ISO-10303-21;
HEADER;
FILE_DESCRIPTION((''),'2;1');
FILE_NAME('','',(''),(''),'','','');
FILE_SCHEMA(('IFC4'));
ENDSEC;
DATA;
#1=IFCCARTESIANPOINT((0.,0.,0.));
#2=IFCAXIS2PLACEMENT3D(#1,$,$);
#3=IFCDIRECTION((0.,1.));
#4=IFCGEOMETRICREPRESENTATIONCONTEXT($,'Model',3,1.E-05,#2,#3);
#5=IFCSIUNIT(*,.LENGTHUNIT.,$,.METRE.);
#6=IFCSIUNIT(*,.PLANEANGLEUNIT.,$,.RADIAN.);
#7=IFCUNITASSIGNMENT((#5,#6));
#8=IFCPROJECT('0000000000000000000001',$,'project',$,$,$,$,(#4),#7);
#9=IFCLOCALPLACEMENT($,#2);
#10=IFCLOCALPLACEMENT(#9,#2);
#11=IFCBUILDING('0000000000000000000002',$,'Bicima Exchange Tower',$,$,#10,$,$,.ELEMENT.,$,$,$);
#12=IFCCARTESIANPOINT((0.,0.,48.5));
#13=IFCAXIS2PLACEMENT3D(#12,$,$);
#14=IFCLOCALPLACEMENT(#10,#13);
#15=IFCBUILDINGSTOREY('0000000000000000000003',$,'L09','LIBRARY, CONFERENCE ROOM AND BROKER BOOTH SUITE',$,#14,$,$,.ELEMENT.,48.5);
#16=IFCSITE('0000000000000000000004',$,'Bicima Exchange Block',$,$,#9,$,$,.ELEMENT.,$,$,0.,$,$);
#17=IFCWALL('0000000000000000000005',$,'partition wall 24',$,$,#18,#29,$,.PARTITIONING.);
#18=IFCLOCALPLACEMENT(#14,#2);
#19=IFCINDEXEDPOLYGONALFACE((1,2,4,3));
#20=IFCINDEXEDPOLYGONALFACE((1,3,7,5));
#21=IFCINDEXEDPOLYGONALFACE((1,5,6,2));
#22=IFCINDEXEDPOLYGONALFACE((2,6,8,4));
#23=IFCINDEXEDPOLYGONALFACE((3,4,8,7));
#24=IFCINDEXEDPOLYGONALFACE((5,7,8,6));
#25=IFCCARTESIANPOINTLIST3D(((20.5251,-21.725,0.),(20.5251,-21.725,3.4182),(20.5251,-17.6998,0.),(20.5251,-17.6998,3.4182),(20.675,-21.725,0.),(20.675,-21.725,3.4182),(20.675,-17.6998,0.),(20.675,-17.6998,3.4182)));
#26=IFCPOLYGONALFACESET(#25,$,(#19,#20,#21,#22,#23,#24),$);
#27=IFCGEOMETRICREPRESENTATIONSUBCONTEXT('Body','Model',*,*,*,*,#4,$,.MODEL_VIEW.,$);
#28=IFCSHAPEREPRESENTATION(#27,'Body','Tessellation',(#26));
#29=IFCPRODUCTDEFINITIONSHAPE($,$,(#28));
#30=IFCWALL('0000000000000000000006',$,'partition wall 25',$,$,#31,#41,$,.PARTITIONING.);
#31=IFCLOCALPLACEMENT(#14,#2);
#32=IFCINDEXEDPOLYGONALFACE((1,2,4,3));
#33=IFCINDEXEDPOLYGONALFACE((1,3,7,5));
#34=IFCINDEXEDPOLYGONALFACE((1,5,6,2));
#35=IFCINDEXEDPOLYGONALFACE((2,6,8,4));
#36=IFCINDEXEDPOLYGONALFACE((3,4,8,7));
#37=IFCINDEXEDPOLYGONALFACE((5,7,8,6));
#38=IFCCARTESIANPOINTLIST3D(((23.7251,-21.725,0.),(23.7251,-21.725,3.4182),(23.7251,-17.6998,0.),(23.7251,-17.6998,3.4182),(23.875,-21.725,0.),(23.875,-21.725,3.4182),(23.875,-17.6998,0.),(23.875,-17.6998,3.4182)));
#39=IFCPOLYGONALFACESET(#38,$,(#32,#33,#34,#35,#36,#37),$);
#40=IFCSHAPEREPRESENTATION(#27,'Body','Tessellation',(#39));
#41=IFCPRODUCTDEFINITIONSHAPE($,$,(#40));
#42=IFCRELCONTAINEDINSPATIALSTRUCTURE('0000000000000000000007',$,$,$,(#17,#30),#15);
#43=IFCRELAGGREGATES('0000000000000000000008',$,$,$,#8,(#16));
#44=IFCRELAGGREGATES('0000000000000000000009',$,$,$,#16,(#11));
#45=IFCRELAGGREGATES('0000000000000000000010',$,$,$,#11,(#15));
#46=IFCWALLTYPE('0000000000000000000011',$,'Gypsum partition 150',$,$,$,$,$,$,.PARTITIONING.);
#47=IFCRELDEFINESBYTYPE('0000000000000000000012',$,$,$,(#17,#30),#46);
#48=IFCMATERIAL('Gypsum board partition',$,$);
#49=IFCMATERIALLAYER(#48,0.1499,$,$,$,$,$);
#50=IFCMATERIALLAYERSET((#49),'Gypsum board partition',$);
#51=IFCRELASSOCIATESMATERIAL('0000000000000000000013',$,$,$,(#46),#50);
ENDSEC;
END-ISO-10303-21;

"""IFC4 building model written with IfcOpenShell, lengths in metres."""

from ifc_helpers import new_model, si_unit, direction, frame, frame_2d, origin, place, context, subcontext, project, spatial, rectangle, extrude, material, layer, layer_set, type_object, element, save


model = new_model("IFC4")

# Units and contexts
model_context = context("Model", 3, precision=1e-05, world=origin(), true_north=direction((0.0, 1.0)))
body_context = subcontext(model_context, "Body", "Model", "MODEL_VIEW")
ifc_project = project(units=[si_unit("LENGTHUNIT", "METRE"), si_unit("PLANEANGLEUNIT", "RADIAN")], contexts=[model_context])

# Site, building, storey
site_placement = place(None, origin())
site = spatial("IfcSite", under=ifc_project, at=site_placement, Name="Bicima Exchange Block", CompositionType="ELEMENT", RefElevation=0.0)
building_placement = place(site_placement, origin())
building = spatial("IfcBuilding", under=site, at=building_placement, Name="Bicima Exchange Tower", CompositionType="ELEMENT")
storey_placement = place(building_placement, frame((0.0, 0.0, 48.5)))
storey = spatial("IfcBuildingStorey", under=building, at=storey_placement, Name="L09", Description="LIBRARY, CONFERENCE ROOM AND BROKER BOOTH SUITE", CompositionType="ELEMENT", Elevation=48.5)

# Walls
ifc_material_1 = material(Name="Gypsum board partition")
ifc_layer_1 = layer(ifc_material_1, 0.1499)
ifc_layer_set_1 = layer_set([ifc_layer_1], Name="Gypsum board partition")
wall_type_1 = type_object("IfcWallType", Name="Gypsum partition 150", PredefinedType="PARTITIONING", material=ifc_layer_set_1)
for number, where, z_axis, x_axis, name in (
    (1, (20.6001, -21.7251, 0.0), (0.0, 0.0, 1.0), (0.0, 1.0, 0.0), "partition wall 24"),
    (2, (23.8, -21.7251, 0.0), (0.0, 0.0, 1.0), (0.0, 1.0, 0.0), "partition wall 25"),
):
    element("IfcWall", number, at=place(storey_placement, frame(where, z_axis=z_axis, x_axis=x_axis)), inside=storey, type_object=wall_type_1, Name=name, PredefinedType="PARTITIONING", context=body_context, shape_type="SweptSolid", body=[
        extrude(rectangle(XDim=4.0251, YDim=0.1499, at=frame_2d((2.0127, 0.0))), origin(), (0.0, 0.0, 1.0), 3.4182),
    ])

save(model, "model.ifc")
